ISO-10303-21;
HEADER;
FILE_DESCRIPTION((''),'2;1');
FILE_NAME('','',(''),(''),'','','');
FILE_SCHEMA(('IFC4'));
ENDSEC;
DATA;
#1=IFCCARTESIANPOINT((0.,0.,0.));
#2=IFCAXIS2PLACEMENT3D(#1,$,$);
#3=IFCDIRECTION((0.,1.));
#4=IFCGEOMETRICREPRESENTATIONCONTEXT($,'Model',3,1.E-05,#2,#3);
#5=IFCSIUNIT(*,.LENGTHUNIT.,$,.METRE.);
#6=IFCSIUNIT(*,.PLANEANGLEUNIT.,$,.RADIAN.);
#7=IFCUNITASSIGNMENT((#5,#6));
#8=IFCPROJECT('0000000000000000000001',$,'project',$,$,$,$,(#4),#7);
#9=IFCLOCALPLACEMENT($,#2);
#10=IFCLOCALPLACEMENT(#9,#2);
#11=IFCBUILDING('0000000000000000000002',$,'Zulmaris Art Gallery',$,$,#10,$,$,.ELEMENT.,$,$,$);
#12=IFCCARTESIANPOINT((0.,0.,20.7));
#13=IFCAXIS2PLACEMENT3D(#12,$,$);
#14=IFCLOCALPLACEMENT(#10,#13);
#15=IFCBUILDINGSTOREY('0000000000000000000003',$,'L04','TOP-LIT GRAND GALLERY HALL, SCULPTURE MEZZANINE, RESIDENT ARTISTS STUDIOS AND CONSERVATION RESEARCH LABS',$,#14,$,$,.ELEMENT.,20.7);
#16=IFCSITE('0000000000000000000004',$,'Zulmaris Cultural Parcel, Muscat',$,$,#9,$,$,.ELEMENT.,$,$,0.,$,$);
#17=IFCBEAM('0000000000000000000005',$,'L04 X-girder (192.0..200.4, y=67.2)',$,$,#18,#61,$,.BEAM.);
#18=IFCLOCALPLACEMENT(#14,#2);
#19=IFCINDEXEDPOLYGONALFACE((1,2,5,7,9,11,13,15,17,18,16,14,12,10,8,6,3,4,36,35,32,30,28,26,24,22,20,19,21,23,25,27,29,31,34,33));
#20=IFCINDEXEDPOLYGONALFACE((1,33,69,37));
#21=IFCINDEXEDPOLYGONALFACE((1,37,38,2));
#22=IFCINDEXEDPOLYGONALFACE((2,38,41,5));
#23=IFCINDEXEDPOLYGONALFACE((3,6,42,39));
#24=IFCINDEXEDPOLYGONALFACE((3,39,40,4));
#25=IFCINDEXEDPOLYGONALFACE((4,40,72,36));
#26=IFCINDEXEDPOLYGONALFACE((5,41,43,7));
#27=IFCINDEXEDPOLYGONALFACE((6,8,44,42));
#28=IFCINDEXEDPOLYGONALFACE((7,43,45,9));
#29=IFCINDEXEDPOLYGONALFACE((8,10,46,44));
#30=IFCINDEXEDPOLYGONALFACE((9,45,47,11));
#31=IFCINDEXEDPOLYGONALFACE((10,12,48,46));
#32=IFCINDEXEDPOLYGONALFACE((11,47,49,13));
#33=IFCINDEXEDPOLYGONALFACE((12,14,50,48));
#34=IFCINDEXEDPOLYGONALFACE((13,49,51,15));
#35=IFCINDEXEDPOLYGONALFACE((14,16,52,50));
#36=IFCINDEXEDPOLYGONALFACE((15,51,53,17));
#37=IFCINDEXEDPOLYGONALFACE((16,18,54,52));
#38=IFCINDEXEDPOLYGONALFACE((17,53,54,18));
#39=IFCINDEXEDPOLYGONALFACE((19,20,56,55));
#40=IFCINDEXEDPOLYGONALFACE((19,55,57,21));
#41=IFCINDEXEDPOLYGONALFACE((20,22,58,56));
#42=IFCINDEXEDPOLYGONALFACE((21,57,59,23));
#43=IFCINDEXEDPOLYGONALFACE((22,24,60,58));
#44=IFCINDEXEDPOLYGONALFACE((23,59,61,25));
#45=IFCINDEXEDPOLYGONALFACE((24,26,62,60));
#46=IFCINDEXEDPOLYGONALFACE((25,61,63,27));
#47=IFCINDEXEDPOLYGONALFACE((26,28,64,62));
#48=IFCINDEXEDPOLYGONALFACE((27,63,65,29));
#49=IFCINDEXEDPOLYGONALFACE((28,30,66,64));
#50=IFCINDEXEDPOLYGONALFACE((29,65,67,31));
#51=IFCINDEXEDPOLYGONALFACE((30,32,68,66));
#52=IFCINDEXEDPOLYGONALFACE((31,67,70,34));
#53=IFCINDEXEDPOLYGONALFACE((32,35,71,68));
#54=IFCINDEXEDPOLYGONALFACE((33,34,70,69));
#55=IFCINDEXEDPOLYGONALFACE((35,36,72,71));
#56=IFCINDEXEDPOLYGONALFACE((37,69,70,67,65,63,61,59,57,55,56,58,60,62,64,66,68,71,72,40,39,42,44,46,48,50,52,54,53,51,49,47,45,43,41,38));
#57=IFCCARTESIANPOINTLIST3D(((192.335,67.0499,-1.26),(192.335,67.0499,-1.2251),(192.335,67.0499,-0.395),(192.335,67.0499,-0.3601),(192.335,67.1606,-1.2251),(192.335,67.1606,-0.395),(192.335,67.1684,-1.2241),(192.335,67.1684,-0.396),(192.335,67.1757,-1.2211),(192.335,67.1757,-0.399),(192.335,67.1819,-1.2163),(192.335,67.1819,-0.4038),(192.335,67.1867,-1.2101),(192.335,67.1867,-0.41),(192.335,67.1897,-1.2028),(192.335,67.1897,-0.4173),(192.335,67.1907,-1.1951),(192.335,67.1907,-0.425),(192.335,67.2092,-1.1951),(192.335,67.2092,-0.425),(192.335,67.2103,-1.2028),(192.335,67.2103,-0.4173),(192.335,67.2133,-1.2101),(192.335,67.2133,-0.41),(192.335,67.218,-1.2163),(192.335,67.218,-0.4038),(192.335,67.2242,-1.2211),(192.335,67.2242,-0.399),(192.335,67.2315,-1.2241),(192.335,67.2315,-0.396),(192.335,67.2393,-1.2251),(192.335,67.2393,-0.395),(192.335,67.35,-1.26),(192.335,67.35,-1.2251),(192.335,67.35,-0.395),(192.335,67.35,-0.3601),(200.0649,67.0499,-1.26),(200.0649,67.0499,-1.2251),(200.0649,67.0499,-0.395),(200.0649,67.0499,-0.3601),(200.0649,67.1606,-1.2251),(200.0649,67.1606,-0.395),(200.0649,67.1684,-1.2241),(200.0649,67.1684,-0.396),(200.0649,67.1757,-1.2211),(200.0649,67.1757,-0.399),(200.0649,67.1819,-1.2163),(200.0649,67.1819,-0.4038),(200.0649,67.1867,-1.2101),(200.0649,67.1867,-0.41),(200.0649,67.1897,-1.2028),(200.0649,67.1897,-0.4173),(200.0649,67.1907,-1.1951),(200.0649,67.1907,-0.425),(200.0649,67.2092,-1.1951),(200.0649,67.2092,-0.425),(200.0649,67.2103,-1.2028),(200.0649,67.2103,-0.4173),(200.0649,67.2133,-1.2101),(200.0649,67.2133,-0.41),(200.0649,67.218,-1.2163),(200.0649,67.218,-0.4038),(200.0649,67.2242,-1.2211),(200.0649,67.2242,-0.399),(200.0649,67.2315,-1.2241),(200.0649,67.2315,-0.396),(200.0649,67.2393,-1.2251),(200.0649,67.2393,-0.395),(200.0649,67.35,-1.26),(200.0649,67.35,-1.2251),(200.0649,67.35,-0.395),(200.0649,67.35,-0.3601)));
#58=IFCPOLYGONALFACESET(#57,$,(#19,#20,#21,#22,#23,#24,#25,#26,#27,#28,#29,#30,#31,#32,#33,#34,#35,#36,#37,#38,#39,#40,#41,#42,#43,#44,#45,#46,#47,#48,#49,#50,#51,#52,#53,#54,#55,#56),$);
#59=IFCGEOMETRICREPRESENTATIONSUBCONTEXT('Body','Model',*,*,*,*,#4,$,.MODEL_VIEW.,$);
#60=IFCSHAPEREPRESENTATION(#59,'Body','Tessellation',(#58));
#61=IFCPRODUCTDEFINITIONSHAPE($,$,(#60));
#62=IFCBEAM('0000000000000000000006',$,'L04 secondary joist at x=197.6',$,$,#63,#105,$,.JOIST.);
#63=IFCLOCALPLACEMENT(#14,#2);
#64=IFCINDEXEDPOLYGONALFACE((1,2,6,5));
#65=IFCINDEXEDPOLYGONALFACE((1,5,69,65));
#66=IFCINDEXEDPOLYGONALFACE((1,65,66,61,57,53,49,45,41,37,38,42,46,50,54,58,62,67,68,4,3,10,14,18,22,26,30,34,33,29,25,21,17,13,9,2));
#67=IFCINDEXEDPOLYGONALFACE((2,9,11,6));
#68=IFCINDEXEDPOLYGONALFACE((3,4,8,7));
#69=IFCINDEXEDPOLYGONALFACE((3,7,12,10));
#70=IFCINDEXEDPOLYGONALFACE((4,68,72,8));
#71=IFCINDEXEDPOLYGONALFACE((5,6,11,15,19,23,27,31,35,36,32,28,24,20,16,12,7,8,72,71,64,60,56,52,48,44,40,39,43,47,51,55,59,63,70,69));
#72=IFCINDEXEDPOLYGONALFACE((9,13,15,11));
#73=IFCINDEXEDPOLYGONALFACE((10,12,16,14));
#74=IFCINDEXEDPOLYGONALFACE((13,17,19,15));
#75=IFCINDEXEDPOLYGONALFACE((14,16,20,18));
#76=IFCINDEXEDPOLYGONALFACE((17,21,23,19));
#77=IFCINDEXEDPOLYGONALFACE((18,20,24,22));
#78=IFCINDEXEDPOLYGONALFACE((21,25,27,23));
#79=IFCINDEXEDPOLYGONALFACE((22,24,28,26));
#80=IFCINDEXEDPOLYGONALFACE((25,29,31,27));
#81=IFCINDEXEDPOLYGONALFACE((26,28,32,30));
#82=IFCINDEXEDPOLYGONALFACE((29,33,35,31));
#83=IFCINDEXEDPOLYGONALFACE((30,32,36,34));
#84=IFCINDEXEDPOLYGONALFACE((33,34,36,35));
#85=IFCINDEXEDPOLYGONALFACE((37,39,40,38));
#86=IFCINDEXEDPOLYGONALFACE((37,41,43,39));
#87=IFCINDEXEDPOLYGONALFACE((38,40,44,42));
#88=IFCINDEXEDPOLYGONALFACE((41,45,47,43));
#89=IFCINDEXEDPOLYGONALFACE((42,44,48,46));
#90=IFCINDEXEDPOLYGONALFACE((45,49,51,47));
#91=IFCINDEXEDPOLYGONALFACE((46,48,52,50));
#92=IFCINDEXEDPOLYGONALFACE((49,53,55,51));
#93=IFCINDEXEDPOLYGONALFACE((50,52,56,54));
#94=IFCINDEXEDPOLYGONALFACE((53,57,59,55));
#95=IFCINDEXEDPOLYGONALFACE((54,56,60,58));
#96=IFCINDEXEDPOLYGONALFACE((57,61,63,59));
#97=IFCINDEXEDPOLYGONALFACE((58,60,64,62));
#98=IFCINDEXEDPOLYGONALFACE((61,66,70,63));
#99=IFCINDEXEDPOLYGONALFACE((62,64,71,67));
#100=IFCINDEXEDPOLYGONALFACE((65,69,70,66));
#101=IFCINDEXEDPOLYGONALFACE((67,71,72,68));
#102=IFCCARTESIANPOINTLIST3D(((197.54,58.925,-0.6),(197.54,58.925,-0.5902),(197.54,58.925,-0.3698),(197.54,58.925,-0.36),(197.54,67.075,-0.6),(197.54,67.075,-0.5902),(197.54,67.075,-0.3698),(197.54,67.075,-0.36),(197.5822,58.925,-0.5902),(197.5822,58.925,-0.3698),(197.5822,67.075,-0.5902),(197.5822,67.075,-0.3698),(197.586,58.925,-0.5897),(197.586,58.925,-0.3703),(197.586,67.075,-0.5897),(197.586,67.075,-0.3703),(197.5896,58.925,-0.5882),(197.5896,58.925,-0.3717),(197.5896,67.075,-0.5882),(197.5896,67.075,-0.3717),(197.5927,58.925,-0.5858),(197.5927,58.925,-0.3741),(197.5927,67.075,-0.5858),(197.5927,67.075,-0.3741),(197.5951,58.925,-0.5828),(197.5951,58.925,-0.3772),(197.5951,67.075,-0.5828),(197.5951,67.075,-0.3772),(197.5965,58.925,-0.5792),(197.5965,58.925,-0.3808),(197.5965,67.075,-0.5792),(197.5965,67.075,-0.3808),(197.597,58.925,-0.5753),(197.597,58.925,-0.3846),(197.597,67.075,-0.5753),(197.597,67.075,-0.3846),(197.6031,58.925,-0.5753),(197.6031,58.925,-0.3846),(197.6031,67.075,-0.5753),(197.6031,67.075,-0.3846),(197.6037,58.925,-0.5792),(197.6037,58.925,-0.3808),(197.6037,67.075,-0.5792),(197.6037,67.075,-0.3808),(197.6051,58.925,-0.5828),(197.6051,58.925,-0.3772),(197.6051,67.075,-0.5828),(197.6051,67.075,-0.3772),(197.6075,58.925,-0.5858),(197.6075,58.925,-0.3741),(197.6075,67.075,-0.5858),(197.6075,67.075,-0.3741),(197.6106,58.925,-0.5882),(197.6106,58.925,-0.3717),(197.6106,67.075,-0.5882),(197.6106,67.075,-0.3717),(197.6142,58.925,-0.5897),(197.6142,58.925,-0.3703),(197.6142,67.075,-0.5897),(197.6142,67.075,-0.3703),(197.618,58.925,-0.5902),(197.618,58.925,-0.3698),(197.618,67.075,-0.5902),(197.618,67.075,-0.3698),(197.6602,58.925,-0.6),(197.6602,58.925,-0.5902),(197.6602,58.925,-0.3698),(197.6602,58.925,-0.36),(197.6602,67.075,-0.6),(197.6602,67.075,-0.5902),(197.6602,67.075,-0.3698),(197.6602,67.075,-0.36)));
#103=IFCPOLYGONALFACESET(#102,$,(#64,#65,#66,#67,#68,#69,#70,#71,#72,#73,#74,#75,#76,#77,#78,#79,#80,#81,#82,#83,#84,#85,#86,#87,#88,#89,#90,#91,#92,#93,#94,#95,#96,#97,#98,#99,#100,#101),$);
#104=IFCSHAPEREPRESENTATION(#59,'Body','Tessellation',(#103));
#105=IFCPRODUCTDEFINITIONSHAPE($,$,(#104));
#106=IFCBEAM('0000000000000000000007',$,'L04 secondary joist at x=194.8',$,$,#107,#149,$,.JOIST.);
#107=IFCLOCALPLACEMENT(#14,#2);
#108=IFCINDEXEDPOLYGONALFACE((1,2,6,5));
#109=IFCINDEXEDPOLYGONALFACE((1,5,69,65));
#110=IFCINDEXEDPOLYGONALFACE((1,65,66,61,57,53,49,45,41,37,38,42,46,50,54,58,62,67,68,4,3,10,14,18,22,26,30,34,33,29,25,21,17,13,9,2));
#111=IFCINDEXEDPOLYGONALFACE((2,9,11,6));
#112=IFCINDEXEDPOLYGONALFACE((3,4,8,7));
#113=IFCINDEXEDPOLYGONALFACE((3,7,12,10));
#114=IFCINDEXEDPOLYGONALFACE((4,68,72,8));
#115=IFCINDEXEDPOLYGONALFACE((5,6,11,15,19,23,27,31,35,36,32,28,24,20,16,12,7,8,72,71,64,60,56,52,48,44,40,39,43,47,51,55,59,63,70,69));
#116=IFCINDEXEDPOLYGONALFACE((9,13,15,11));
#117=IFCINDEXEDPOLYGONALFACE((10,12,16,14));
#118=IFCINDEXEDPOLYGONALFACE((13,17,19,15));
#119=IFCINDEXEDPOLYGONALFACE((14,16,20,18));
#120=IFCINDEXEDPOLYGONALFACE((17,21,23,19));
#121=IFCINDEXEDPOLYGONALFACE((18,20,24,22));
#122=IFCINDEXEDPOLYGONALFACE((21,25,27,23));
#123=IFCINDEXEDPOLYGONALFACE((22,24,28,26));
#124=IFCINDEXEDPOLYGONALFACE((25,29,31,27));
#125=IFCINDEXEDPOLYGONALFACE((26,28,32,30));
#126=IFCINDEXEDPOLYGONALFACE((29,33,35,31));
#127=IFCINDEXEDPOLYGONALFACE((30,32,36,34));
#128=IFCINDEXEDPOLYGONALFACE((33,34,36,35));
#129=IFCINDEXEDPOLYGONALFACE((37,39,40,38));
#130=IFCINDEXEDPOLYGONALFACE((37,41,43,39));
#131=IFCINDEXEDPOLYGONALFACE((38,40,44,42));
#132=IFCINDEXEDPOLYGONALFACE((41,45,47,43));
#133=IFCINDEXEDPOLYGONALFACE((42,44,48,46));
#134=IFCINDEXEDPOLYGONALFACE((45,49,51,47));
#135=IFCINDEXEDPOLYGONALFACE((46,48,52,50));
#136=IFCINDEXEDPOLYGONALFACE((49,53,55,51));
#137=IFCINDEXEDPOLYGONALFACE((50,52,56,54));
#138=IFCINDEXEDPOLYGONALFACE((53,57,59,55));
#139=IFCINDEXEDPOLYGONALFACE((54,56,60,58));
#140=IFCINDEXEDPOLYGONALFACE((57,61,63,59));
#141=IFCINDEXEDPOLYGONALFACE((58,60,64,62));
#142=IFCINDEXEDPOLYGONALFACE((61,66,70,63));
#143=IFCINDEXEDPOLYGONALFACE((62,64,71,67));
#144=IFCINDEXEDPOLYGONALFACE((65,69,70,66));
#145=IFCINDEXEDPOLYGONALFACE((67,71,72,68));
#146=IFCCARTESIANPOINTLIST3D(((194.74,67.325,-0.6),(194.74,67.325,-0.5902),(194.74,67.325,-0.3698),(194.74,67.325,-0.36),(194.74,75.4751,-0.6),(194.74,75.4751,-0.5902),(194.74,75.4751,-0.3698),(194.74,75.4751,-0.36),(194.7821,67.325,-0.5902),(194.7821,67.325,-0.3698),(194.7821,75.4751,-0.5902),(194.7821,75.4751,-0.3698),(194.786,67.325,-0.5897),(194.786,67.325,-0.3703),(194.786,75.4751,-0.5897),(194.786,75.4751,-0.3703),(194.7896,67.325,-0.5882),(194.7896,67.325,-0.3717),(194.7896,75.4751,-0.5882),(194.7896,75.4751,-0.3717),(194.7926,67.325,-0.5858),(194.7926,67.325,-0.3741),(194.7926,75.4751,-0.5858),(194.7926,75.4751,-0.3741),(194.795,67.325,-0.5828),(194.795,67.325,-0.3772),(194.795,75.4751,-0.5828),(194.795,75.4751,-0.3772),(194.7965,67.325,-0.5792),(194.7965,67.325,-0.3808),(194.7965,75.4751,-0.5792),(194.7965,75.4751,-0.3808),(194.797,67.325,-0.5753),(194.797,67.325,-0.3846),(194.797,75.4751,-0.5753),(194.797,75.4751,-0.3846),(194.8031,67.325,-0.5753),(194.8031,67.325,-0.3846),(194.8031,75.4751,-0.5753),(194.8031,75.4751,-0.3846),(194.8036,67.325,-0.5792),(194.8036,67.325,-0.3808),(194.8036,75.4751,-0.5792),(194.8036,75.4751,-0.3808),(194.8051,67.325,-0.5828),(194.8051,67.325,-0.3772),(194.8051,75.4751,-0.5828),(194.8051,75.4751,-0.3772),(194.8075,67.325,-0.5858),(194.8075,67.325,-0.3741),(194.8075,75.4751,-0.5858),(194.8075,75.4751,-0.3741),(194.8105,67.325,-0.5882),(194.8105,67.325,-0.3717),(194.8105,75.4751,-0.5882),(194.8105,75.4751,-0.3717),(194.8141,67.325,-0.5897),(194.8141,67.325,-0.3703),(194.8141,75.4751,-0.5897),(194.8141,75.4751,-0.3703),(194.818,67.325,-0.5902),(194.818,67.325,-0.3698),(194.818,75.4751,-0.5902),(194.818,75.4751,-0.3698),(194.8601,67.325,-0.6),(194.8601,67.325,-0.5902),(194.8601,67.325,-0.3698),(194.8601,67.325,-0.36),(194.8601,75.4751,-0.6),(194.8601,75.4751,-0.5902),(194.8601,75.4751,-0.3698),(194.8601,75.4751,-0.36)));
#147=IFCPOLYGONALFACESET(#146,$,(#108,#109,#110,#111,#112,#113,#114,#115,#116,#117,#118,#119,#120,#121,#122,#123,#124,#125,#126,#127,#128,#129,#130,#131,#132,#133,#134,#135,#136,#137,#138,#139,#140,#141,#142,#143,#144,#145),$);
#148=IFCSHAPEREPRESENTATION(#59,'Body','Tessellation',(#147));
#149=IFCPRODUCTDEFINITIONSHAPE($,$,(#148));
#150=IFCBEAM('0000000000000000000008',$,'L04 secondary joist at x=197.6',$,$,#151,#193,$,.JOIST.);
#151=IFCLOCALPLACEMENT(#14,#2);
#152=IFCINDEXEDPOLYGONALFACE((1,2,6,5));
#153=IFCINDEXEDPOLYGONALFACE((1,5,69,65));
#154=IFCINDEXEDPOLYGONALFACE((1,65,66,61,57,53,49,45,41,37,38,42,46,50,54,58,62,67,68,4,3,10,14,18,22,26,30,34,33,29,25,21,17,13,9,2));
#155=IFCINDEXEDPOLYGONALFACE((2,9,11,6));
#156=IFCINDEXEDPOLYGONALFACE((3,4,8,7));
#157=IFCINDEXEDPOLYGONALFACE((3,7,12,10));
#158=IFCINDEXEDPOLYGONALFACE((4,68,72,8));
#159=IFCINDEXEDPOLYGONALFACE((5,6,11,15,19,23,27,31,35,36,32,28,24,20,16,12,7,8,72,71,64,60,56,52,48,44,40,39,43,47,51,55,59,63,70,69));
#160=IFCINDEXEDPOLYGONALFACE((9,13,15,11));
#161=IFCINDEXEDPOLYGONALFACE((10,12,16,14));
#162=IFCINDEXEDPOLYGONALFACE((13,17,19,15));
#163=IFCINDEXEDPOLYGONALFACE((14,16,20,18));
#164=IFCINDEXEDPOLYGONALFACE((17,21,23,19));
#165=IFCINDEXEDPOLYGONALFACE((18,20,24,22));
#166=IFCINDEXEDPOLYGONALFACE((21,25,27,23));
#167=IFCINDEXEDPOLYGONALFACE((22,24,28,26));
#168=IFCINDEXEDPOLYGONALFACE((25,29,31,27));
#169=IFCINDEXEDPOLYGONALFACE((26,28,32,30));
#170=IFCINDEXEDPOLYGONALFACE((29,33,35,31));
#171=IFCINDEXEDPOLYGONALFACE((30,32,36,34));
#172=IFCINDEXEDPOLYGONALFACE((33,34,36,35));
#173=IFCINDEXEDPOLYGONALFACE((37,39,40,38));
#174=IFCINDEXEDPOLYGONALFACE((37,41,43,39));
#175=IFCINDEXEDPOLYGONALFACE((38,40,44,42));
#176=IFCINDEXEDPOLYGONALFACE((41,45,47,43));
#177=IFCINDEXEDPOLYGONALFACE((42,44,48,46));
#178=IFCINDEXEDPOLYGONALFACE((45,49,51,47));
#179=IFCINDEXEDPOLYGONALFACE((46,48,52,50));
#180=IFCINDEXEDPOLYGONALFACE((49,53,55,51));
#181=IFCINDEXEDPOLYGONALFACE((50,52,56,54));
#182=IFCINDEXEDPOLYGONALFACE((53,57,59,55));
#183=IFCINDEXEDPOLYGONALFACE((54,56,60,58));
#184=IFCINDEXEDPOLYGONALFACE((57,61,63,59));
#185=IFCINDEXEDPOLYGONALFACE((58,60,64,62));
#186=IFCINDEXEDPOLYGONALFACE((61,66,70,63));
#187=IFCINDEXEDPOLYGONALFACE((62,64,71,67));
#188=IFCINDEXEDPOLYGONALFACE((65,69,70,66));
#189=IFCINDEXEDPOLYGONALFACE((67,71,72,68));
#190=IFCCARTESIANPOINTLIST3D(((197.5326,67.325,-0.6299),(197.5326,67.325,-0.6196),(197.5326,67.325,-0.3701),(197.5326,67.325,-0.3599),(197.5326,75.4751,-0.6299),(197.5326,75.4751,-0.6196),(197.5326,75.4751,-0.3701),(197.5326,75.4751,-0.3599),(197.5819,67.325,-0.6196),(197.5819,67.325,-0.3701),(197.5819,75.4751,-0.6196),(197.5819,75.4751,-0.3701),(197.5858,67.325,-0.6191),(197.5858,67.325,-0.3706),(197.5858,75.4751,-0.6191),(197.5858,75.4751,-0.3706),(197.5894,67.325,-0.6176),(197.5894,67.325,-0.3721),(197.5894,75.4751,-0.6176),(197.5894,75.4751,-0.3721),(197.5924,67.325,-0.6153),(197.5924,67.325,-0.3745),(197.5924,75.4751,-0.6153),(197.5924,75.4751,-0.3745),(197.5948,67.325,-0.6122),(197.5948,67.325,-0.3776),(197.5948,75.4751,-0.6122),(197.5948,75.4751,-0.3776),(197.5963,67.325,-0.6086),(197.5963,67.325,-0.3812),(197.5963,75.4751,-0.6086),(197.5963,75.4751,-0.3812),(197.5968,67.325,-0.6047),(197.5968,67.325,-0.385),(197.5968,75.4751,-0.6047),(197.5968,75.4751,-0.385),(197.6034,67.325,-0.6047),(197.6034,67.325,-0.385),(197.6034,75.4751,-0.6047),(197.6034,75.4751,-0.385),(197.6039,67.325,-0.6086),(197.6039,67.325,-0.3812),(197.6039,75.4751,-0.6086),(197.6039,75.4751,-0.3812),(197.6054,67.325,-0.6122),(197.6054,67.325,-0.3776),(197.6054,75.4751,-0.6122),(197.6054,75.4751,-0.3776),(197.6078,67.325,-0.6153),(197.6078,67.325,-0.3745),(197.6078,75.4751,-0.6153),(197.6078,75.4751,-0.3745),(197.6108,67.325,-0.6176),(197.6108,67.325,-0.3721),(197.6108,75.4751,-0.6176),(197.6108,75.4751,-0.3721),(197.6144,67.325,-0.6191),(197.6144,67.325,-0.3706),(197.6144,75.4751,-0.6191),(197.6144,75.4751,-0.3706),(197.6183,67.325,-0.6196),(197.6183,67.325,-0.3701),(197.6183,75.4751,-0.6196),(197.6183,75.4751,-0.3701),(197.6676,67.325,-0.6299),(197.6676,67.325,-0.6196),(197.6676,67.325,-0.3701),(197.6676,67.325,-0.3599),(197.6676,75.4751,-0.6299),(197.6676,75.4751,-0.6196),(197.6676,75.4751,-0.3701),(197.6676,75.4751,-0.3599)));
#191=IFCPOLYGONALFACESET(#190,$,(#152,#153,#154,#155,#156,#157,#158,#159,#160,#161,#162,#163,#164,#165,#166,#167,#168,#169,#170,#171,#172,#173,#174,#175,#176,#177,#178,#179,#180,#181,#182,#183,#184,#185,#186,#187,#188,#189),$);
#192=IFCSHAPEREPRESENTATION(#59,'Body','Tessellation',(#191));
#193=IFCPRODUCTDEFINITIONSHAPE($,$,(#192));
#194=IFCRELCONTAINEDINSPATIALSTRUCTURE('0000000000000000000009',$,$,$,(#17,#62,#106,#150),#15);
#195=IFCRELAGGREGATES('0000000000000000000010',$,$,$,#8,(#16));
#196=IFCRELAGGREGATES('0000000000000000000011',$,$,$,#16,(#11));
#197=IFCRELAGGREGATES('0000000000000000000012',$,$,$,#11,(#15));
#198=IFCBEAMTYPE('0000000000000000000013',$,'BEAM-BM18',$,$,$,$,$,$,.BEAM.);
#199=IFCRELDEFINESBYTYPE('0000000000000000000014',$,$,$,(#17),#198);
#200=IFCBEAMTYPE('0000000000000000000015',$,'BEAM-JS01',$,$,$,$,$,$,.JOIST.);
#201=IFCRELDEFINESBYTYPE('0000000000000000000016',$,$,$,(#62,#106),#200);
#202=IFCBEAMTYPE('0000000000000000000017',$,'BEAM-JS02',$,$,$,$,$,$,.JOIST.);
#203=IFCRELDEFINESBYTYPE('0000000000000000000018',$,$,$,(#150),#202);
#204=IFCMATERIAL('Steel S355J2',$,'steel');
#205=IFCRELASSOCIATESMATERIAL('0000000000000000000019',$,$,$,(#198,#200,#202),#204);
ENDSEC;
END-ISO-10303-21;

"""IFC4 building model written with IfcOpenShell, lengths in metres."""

from ifc_helpers import new_model, si_unit, direction, frame, origin, origin_2d, place, context, subcontext, project, spatial, i_section, extrude, material, material_profile, profile_set, type_object, element, save


model = new_model("IFC4")

# Units and contexts
model_context = context("Model", 3, precision=1e-05, world=origin(), true_north=direction((0.0, 1.0)))
body_context = subcontext(model_context, "Body", "Model", "MODEL_VIEW")
ifc_project = project(units=[si_unit("LENGTHUNIT", "METRE"), si_unit("PLANEANGLEUNIT", "RADIAN")], contexts=[model_context])

# Site, building, storey
site_placement = place(None, origin())
site = spatial("IfcSite", under=ifc_project, at=site_placement, Name="Zulmaris Cultural Parcel, Muscat", CompositionType="ELEMENT", RefElevation=0.0)
building_placement = place(site_placement, origin())
building = spatial("IfcBuilding", under=site, at=building_placement, Name="Zulmaris Art Gallery", CompositionType="ELEMENT")
storey_placement = place(building_placement, frame((0.0, 0.0, 20.7)))
storey = spatial("IfcBuildingStorey", under=building, at=storey_placement, Name="L04", Description="TOP-LIT GRAND GALLERY HALL, SCULPTURE MEZZANINE, RESIDENT ARTISTS STUDIOS AND CONSERVATION RESEARCH LABS", CompositionType="ELEMENT", Elevation=20.7)

# Beams
ifc_material_1 = material(Name="Steel S355J2", Category="steel")
ifc_material_profile_1 = material_profile(ifc_material_1, i_section(OverallWidth=0.3, OverallDepth=0.8999, WebThickness=0.0186, FlangeThickness=0.0349, FilletRadius=0.03, at=origin_2d()), Name="HEB 900")
ifc_profile_set_1 = profile_set([ifc_material_profile_1], Name="Steel S355J2")
beam_type_1 = type_object("IfcBeamType", Name="BEAM-BM18", PredefinedType="BEAM", material=ifc_profile_set_1)
beam_1_placement = place(storey_placement, frame((192.335, 67.2, -0.8101), z_axis=(1.0, 0.0, 0.0), x_axis=(0.0, 1.0, 0.0)))
element("IfcBeam", 1, at=beam_1_placement, inside=storey, type_object=beam_type_1, Name="L04 X-girder (192.0..200.4, y=67.2)", PredefinedType="BEAM", context=body_context, shape_type="SweptSolid", body=[
    extrude(i_section(OverallWidth=0.3, OverallDepth=0.8999, WebThickness=0.0186, FlangeThickness=0.0349, FilletRadius=0.03, at=origin_2d()), origin(), (0.0, 0.0, 1.0), 7.73),
])
ifc_material_profile_2 = material_profile(ifc_material_1, i_section(OverallWidth=0.1201, OverallDepth=0.24, WebThickness=0.0061, FlangeThickness=0.0098, FilletRadius=0.0149, at=origin_2d()), Name="IPE 240")
ifc_profile_set_2 = profile_set([ifc_material_profile_2], Name="Steel S355J2")
beam_type_2 = type_object("IfcBeamType", Name="BEAM-JS01", PredefinedType="JOIST", material=ifc_profile_set_2)
beam_2_placement = place(storey_placement, frame((197.6001, 58.925, -0.48), z_axis=(0.0, 1.0, 0.0), x_axis=(-1.0, 0.0, 0.0)))
element("IfcBeam", 2, at=beam_2_placement, inside=storey, type_object=beam_type_2, Name="L04 secondary joist at x=197.6", PredefinedType="JOIST", context=body_context, shape_type="SweptSolid", body=[
    extrude(i_section(OverallWidth=0.1201, OverallDepth=0.24, WebThickness=0.0061, FlangeThickness=0.0098, FilletRadius=0.0149, at=origin_2d()), origin(), (0.0, 0.0, 1.0), 8.1499),
])
beam_3_placement = place(storey_placement, frame((194.8, 67.325, -0.48), z_axis=(0.0, 1.0, 0.0), x_axis=(-1.0, 0.0, 0.0)))
element("IfcBeam", 3, at=beam_3_placement, inside=storey, type_object=beam_type_2, Name="L04 secondary joist at x=194.8", PredefinedType="JOIST", context=body_context, shape_type="SweptSolid", body=[
    extrude(i_section(OverallWidth=0.1201, OverallDepth=0.24, WebThickness=0.0061, FlangeThickness=0.0098, FilletRadius=0.0149, at=origin_2d()), origin(), (0.0, 0.0, 1.0), 8.1501),
])
ifc_material_profile_3 = material_profile(ifc_material_1, i_section(OverallWidth=0.135, OverallDepth=0.27, WebThickness=0.0066, FlangeThickness=0.0103, FilletRadius=0.0149, at=origin_2d()), Name="IPE 270")
ifc_profile_set_3 = profile_set([ifc_material_profile_3], Name="Steel S355J2")
beam_type_3 = type_object("IfcBeamType", Name="BEAM-JS02", PredefinedType="JOIST", material=ifc_profile_set_3)
beam_4_placement = place(storey_placement, frame((197.6001, 67.325, -0.4949), z_axis=(0.0, 1.0, 0.0), x_axis=(-1.0, 0.0, 0.0)))
element("IfcBeam", 4, at=beam_4_placement, inside=storey, type_object=beam_type_3, Name="L04 secondary joist at x=197.6", PredefinedType="JOIST", context=body_context, shape_type="SweptSolid", body=[
    extrude(i_section(OverallWidth=0.135, OverallDepth=0.27, WebThickness=0.0066, FlangeThickness=0.0103, FilletRadius=0.0149, at=origin_2d()), origin(), (0.0, 0.0, 1.0), 8.1501),
])

save(model, "model.ifc")
